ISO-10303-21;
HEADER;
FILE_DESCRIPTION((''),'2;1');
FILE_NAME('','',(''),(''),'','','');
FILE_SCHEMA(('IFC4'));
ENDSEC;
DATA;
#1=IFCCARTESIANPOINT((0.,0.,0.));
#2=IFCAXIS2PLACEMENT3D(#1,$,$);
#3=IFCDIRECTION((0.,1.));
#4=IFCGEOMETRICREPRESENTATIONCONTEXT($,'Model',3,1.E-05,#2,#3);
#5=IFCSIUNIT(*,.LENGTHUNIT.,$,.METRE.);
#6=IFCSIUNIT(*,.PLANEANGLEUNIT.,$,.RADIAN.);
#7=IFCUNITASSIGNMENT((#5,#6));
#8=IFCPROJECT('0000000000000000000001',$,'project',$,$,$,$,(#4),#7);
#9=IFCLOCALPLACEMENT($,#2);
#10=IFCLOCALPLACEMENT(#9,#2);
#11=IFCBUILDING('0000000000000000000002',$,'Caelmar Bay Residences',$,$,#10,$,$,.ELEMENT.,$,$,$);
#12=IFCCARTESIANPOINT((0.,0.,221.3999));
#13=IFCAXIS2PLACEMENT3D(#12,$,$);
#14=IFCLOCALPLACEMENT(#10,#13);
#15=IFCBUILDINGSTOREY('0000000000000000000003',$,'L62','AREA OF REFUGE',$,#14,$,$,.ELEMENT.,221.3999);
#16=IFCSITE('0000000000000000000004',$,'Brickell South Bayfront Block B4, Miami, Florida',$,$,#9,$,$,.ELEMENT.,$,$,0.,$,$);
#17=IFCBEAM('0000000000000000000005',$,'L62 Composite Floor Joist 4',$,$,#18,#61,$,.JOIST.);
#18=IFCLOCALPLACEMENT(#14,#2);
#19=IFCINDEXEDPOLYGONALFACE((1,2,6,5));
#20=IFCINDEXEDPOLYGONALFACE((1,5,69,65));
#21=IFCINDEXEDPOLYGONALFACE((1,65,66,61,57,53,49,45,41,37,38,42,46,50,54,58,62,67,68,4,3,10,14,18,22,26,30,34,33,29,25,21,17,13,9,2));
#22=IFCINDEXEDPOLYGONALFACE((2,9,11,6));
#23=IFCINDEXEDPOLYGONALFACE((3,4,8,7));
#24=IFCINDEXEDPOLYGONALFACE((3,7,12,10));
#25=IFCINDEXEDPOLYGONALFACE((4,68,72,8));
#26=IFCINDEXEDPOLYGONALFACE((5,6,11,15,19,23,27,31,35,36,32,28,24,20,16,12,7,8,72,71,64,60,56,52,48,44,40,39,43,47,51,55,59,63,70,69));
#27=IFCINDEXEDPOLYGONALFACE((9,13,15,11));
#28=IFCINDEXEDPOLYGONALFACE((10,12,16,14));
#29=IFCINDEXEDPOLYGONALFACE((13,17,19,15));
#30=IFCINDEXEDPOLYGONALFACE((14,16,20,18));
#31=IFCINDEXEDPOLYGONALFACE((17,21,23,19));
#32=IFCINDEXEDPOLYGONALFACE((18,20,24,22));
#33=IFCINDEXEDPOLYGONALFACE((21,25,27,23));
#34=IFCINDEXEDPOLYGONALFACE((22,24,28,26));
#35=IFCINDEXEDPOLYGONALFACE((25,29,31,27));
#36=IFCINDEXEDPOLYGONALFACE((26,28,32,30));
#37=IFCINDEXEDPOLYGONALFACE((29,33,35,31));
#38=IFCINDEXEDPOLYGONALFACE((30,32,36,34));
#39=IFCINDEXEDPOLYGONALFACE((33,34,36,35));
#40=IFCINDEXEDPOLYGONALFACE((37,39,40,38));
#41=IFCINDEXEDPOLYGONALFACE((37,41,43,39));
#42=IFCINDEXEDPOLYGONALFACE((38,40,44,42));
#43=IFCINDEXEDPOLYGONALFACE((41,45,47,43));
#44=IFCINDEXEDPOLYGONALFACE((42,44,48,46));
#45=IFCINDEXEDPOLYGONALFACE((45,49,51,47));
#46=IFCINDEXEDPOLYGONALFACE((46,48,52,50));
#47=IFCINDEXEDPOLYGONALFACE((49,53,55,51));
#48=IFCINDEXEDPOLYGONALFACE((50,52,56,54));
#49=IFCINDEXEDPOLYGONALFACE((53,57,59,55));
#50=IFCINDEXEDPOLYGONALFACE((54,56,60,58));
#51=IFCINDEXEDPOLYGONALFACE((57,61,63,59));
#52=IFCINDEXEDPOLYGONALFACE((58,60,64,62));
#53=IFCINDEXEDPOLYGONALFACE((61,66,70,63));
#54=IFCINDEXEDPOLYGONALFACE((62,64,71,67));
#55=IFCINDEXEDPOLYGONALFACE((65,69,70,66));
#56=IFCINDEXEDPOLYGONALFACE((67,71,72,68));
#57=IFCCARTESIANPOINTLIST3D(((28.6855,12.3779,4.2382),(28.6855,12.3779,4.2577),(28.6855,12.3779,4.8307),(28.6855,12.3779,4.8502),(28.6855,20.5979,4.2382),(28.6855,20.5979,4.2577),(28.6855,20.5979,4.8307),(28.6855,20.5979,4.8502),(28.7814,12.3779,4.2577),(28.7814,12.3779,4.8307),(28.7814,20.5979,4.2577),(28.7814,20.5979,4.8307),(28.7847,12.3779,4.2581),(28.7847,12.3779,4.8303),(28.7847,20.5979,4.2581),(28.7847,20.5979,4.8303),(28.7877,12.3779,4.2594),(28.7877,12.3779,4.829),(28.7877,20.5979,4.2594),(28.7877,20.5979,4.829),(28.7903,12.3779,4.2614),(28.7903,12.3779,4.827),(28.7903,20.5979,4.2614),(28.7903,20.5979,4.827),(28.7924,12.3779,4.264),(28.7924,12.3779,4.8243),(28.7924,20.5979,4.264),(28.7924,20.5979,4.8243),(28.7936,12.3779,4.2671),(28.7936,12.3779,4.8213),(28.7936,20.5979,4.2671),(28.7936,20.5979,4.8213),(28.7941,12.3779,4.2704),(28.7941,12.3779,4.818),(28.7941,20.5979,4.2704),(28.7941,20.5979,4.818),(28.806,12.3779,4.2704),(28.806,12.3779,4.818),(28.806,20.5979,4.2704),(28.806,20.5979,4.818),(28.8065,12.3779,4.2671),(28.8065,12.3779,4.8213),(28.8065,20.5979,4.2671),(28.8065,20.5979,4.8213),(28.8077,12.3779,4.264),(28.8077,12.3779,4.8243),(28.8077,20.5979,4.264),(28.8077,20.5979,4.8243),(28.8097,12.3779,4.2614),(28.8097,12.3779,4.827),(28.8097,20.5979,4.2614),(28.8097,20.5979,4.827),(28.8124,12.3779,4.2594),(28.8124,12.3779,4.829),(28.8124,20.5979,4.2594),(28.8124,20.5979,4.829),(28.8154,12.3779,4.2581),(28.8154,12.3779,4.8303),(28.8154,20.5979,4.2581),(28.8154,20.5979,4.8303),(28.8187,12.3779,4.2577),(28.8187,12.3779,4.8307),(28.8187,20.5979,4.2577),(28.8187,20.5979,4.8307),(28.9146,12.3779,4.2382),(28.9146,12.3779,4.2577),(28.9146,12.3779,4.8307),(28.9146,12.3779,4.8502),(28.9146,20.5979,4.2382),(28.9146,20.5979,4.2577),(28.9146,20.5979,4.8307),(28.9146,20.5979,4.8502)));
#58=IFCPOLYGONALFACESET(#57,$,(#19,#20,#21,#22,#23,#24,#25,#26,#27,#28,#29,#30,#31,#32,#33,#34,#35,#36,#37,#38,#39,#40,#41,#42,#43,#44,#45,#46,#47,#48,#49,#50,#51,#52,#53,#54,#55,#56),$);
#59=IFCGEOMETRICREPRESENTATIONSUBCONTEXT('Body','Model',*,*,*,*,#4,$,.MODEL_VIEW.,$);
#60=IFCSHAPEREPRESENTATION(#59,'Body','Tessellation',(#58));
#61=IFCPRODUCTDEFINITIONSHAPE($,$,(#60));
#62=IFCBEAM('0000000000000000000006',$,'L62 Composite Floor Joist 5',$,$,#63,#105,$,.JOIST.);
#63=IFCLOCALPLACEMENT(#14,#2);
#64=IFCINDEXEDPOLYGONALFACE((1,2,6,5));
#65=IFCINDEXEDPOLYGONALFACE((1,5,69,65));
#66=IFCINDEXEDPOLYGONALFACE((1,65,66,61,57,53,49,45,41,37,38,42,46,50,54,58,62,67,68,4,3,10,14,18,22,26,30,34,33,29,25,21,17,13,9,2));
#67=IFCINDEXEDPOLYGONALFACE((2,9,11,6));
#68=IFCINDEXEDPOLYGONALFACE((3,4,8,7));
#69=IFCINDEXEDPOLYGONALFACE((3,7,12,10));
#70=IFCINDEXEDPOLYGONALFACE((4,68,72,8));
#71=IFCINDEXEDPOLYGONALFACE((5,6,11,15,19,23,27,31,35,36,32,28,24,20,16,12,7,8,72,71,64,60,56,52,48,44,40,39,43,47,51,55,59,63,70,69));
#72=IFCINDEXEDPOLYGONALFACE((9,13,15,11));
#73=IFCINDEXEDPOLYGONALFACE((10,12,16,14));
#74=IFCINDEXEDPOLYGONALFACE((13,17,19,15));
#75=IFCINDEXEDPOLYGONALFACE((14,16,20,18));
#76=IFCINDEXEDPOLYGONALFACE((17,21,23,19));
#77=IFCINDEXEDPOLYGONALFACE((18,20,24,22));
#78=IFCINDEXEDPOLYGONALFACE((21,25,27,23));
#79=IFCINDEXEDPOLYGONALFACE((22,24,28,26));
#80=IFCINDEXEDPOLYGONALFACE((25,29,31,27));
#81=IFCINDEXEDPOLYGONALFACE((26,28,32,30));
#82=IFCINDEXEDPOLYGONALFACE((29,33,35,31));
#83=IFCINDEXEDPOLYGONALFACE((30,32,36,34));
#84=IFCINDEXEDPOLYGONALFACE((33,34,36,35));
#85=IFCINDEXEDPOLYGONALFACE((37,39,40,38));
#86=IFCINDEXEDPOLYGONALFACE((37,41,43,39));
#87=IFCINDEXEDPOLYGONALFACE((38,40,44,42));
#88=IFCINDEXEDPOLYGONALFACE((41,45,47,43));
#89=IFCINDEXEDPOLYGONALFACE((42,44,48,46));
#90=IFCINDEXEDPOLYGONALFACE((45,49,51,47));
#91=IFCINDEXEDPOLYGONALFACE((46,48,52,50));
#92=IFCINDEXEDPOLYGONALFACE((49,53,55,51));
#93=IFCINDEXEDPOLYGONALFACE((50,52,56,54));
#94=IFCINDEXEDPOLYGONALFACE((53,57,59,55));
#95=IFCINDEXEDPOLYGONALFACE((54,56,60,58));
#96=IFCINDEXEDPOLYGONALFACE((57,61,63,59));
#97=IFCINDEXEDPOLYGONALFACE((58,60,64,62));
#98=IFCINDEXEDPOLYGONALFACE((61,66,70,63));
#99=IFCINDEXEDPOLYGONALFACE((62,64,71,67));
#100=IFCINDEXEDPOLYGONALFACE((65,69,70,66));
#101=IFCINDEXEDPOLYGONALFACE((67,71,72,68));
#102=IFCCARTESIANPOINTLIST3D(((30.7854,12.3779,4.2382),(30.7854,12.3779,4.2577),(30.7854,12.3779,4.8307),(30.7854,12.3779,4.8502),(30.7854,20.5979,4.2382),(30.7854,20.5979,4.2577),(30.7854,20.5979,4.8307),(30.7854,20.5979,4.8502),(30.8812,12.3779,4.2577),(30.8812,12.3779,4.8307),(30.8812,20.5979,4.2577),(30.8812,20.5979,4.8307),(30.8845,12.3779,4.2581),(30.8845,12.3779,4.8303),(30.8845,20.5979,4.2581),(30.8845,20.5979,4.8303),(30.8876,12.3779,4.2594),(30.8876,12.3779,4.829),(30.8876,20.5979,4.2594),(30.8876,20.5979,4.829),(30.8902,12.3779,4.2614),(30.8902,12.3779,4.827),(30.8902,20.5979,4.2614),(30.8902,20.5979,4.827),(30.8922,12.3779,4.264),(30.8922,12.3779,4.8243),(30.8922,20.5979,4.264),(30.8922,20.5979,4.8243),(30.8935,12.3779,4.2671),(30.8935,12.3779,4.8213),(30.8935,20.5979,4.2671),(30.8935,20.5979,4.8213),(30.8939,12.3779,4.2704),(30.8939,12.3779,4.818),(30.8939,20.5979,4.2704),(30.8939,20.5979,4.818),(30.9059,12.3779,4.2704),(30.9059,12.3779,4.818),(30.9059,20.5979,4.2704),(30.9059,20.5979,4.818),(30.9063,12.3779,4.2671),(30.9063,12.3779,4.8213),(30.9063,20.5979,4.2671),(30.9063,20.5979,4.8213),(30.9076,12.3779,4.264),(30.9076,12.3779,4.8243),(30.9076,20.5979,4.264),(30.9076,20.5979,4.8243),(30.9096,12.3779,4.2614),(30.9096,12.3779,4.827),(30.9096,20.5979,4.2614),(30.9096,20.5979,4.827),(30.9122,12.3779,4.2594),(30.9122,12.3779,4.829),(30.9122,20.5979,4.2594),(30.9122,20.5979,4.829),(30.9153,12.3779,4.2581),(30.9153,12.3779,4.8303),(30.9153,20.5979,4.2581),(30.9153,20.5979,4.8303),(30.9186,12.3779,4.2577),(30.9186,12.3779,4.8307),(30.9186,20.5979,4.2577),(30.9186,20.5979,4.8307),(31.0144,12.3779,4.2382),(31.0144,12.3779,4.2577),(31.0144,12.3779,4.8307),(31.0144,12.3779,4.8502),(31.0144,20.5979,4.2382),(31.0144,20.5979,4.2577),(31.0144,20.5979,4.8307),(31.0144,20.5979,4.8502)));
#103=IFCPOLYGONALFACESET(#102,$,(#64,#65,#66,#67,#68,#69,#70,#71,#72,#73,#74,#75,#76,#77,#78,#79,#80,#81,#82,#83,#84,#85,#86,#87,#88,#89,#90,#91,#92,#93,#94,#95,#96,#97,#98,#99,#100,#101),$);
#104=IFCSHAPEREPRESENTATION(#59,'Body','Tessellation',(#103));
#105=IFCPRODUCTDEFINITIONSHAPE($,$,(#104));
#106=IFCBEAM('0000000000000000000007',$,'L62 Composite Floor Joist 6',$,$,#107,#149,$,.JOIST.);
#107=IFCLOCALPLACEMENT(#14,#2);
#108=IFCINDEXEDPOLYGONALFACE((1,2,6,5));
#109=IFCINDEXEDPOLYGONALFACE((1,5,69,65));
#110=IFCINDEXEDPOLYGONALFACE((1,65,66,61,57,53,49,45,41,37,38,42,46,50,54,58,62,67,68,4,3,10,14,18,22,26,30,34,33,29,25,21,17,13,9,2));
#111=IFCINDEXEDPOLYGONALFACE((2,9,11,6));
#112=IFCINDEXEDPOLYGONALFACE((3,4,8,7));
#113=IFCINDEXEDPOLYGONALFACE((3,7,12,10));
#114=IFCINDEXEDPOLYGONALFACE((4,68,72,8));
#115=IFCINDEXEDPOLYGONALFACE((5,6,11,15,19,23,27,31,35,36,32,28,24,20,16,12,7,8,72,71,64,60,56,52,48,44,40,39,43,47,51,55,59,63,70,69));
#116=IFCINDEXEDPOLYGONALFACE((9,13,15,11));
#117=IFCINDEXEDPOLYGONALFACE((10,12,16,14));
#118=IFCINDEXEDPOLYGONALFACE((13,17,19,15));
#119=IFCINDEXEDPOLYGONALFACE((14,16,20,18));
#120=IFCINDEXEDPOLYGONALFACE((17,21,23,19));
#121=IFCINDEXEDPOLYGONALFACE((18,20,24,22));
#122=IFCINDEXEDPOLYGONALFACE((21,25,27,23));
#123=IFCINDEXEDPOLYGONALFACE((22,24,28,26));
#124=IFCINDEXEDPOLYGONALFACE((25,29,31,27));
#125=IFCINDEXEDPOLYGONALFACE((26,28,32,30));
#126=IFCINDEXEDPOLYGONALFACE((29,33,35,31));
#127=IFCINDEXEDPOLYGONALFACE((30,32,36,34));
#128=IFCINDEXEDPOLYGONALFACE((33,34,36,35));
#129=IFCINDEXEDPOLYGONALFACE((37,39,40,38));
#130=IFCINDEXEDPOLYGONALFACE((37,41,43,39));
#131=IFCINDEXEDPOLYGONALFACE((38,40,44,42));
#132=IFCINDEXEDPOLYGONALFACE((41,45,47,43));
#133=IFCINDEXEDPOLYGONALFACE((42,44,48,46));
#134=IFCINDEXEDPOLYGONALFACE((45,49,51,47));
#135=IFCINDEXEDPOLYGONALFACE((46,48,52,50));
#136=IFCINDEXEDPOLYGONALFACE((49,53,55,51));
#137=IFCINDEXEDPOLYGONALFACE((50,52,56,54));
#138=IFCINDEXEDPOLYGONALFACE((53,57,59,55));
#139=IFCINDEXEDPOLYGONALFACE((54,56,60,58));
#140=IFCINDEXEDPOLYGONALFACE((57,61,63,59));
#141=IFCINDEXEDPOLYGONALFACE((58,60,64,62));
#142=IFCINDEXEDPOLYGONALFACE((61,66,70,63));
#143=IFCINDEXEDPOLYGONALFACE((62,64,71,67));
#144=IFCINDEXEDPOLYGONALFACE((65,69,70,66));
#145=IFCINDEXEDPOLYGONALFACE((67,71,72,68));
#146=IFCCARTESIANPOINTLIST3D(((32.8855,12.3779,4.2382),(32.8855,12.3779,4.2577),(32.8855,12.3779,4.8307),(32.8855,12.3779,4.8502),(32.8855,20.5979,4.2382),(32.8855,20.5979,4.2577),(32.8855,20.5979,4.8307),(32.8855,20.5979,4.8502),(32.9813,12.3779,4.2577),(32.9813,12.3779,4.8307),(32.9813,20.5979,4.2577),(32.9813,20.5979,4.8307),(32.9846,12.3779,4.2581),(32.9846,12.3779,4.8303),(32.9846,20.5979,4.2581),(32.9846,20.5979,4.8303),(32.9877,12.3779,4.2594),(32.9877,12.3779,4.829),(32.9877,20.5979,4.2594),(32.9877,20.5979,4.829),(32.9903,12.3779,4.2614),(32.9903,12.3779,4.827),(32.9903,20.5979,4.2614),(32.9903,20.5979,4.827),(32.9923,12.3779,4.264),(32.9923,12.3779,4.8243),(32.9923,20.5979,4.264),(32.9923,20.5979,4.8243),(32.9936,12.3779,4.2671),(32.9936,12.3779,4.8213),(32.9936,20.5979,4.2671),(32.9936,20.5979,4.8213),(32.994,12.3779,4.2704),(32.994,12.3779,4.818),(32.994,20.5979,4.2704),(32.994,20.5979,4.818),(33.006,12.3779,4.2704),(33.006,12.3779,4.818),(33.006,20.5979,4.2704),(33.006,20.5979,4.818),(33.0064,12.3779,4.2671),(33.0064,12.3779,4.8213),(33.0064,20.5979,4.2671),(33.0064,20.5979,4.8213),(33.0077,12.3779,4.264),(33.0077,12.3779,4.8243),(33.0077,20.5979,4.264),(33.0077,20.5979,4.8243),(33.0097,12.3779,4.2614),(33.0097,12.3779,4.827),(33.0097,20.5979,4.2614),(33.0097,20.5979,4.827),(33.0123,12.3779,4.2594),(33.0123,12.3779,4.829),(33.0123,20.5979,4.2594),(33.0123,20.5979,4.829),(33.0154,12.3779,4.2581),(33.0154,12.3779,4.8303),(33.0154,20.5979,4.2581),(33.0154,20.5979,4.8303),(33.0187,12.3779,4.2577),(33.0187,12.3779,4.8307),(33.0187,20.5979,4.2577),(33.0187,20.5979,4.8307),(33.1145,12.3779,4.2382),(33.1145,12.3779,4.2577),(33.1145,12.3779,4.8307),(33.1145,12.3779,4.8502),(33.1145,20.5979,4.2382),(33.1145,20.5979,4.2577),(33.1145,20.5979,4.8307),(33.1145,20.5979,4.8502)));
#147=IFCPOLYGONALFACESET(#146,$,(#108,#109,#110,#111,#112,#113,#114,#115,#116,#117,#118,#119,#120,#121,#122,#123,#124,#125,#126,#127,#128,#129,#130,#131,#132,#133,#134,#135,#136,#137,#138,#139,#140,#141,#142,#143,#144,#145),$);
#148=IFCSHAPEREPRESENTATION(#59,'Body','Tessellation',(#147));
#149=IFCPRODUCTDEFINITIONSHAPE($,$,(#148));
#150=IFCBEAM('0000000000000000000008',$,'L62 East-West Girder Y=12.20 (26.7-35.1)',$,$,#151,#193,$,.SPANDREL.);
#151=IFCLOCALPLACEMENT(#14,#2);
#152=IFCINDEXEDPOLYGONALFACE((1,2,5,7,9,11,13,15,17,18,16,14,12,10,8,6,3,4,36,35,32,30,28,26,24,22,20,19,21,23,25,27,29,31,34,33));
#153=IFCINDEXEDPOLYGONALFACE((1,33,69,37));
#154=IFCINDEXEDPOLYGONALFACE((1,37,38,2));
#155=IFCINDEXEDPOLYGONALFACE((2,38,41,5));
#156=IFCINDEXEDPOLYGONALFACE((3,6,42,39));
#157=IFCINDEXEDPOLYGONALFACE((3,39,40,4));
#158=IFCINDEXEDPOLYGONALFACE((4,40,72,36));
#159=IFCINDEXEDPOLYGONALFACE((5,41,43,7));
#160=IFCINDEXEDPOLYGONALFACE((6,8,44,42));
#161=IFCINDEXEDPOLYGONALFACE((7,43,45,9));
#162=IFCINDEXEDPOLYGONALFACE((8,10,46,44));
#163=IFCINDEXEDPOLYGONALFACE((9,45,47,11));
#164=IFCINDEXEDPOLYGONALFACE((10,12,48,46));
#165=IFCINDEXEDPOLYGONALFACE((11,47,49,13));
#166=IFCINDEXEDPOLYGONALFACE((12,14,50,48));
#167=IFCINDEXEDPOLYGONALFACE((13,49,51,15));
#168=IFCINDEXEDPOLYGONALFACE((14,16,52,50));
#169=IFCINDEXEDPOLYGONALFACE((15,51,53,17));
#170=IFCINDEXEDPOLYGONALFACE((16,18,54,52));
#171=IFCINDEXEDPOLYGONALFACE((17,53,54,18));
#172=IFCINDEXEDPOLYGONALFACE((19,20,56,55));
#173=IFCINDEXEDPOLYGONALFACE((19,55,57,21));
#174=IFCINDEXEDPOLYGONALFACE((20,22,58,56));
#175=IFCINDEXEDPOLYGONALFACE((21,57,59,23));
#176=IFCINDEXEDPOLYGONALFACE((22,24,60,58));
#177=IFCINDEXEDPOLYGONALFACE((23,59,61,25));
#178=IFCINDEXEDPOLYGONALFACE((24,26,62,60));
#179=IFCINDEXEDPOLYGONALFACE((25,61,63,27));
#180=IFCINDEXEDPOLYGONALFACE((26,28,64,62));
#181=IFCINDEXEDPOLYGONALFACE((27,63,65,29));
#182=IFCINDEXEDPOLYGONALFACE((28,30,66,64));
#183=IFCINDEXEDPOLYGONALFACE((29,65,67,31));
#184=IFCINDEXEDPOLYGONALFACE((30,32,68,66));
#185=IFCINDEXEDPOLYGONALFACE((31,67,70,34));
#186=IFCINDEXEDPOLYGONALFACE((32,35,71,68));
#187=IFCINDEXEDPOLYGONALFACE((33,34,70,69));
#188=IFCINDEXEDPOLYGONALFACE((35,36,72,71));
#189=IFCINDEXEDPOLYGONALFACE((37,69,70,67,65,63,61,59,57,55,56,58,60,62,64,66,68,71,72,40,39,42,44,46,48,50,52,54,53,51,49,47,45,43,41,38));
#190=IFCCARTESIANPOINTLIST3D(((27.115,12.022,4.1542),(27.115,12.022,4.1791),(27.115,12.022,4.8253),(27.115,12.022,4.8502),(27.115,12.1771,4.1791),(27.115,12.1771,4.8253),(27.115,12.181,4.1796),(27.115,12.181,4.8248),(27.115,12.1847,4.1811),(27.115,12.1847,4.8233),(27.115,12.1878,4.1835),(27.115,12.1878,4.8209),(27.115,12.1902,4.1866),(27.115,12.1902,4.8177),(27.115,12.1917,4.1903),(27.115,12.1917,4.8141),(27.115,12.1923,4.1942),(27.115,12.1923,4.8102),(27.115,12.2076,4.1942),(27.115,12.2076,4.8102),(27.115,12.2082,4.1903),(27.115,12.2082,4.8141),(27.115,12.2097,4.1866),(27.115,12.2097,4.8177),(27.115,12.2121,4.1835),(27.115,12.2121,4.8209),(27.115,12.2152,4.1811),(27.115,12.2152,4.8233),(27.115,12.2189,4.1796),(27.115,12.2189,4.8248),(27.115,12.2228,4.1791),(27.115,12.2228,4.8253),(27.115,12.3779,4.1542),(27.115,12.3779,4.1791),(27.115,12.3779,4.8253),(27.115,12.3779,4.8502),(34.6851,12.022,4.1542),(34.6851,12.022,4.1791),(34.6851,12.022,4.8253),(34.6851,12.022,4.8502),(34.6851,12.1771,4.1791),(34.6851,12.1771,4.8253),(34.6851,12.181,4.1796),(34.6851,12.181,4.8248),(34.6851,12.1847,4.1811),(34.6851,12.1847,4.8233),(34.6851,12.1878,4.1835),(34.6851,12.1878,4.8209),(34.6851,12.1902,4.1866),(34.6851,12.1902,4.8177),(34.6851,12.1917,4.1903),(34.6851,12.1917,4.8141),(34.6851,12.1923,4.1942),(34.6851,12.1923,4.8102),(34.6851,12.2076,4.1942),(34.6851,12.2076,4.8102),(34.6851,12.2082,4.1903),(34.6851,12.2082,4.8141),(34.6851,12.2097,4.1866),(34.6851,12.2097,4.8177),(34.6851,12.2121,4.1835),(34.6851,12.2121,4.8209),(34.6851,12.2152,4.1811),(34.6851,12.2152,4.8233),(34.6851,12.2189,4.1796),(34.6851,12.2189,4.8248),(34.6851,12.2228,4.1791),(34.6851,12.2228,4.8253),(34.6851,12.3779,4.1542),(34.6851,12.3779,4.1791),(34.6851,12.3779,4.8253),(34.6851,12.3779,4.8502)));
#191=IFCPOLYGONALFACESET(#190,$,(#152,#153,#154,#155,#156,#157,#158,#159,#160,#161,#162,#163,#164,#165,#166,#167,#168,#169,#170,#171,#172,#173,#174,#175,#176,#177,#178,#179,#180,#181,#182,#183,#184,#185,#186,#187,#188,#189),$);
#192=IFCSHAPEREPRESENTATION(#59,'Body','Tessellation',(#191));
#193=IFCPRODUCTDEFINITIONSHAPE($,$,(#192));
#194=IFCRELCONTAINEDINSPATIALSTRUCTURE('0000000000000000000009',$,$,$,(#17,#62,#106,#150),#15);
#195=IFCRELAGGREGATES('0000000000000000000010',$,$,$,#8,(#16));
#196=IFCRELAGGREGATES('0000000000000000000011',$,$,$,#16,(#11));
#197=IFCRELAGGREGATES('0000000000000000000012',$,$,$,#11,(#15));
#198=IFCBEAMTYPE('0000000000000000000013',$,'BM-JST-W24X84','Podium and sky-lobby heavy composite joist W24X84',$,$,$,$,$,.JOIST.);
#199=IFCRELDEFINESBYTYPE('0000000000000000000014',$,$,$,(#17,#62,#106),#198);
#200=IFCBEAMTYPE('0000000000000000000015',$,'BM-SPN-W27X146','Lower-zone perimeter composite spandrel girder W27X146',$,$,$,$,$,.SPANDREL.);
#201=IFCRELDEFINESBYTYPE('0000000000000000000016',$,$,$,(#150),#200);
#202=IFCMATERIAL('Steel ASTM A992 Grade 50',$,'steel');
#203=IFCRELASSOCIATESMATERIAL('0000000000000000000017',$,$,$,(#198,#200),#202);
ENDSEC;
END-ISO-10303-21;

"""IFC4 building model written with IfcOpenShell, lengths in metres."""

from ifc_helpers import new_model, si_unit, direction, frame, origin, origin_2d, place, context, subcontext, project, spatial, i_section, extrude, material, material_profile, profile_set, type_object, element, save


model = new_model("IFC4")

# Units and contexts
model_context = context("Model", 3, precision=1e-05, world=origin(), true_north=direction((0.0, 1.0)))
body_context = subcontext(model_context, "Body", "Model", "MODEL_VIEW")
ifc_project = project(units=[si_unit("LENGTHUNIT", "METRE"), si_unit("PLANEANGLEUNIT", "RADIAN")], contexts=[model_context])

# Site, building, storey
site_placement = place(None, origin())
site = spatial("IfcSite", under=ifc_project, at=site_placement, Name="Brickell South Bayfront Block B4, Miami, Florida", CompositionType="ELEMENT", RefElevation=0.0)
building_placement = place(site_placement, origin())
building = spatial("IfcBuilding", under=site, at=building_placement, Name="Caelmar Bay Residences", CompositionType="ELEMENT")
storey_placement = place(building_placement, frame((0.0, 0.0, 221.3999)))
storey = spatial("IfcBuildingStorey", under=building, at=storey_placement, Name="L62", Description="AREA OF REFUGE", CompositionType="ELEMENT", Elevation=221.3999)

# Beams
ifc_material_1 = material(Name="Steel ASTM A992 Grade 50", Category="steel")
ifc_material_profile_1 = material_profile(ifc_material_1, i_section(OverallWidth=0.229, OverallDepth=0.6121, WebThickness=0.012, FlangeThickness=0.0195, FilletRadius=0.0127, at=origin_2d()), Name="W24X84")
ifc_profile_set_1 = profile_set([ifc_material_profile_1], Name="Steel ASTM A992 Grade 50")
beam_type_1 = type_object("IfcBeamType", Name="BM-JST-W24X84", Description="Podium and sky-lobby heavy composite joist W24X84", PredefinedType="JOIST", material=ifc_profile_set_1)
for number, where, z_axis, x_axis, name in (
    (1, (28.8, 12.3779, 4.5442), (0.0, 1.0, 0.0), (-1.0, 0.0, 0.0), "L62 Composite Floor Joist 4"),
    (2, (30.8999, 12.3779, 4.5442), (0.0, 1.0, 0.0), (-1.0, 0.0, 0.0), "L62 Composite Floor Joist 5"),
    (3, (33.0, 12.3779, 4.5442), (0.0, 1.0, 0.0), (-1.0, 0.0, 0.0), "L62 Composite Floor Joist 6"),
):
    element("IfcBeam", number, at=place(storey_placement, frame(where, z_axis=z_axis, x_axis=x_axis)), inside=storey, type_object=beam_type_1, Name=name, PredefinedType="JOIST", context=body_context, shape_type="SweptSolid", body=[
        extrude(i_section(OverallWidth=0.229, OverallDepth=0.6121, WebThickness=0.012, FlangeThickness=0.0195, FilletRadius=0.0127, at=origin_2d()), origin(), (0.0, 0.0, 1.0), 8.22),
    ])
ifc_material_profile_2 = material_profile(ifc_material_1, i_section(OverallWidth=0.356, OverallDepth=0.696, WebThickness=0.0154, FlangeThickness=0.0249, FilletRadius=0.0151, at=origin_2d()), Name="W27X146")
ifc_profile_set_2 = profile_set([ifc_material_profile_2], Name="Steel ASTM A992 Grade 50")
beam_type_2 = type_object("IfcBeamType", Name="BM-SPN-W27X146", Description="Lower-zone perimeter composite spandrel girder W27X146", PredefinedType="SPANDREL", material=ifc_profile_set_2)
beam_1_placement = place(storey_placement, frame((27.115, 12.2, 4.5022), z_axis=(1.0, 0.0, 0.0), x_axis=(0.0, 1.0, 0.0)))
element("IfcBeam", 4, at=beam_1_placement, inside=storey, type_object=beam_type_2, Name="L62 East-West Girder Y=12.20 (26.7-35.1)", PredefinedType="SPANDREL", context=body_context, shape_type="SweptSolid", body=[
    extrude(i_section(OverallWidth=0.356, OverallDepth=0.696, WebThickness=0.0154, FlangeThickness=0.0249, FilletRadius=0.0151, at=origin_2d()), origin(), (0.0, 0.0, 1.0), 7.5701),
])

save(model, "model.ifc")
